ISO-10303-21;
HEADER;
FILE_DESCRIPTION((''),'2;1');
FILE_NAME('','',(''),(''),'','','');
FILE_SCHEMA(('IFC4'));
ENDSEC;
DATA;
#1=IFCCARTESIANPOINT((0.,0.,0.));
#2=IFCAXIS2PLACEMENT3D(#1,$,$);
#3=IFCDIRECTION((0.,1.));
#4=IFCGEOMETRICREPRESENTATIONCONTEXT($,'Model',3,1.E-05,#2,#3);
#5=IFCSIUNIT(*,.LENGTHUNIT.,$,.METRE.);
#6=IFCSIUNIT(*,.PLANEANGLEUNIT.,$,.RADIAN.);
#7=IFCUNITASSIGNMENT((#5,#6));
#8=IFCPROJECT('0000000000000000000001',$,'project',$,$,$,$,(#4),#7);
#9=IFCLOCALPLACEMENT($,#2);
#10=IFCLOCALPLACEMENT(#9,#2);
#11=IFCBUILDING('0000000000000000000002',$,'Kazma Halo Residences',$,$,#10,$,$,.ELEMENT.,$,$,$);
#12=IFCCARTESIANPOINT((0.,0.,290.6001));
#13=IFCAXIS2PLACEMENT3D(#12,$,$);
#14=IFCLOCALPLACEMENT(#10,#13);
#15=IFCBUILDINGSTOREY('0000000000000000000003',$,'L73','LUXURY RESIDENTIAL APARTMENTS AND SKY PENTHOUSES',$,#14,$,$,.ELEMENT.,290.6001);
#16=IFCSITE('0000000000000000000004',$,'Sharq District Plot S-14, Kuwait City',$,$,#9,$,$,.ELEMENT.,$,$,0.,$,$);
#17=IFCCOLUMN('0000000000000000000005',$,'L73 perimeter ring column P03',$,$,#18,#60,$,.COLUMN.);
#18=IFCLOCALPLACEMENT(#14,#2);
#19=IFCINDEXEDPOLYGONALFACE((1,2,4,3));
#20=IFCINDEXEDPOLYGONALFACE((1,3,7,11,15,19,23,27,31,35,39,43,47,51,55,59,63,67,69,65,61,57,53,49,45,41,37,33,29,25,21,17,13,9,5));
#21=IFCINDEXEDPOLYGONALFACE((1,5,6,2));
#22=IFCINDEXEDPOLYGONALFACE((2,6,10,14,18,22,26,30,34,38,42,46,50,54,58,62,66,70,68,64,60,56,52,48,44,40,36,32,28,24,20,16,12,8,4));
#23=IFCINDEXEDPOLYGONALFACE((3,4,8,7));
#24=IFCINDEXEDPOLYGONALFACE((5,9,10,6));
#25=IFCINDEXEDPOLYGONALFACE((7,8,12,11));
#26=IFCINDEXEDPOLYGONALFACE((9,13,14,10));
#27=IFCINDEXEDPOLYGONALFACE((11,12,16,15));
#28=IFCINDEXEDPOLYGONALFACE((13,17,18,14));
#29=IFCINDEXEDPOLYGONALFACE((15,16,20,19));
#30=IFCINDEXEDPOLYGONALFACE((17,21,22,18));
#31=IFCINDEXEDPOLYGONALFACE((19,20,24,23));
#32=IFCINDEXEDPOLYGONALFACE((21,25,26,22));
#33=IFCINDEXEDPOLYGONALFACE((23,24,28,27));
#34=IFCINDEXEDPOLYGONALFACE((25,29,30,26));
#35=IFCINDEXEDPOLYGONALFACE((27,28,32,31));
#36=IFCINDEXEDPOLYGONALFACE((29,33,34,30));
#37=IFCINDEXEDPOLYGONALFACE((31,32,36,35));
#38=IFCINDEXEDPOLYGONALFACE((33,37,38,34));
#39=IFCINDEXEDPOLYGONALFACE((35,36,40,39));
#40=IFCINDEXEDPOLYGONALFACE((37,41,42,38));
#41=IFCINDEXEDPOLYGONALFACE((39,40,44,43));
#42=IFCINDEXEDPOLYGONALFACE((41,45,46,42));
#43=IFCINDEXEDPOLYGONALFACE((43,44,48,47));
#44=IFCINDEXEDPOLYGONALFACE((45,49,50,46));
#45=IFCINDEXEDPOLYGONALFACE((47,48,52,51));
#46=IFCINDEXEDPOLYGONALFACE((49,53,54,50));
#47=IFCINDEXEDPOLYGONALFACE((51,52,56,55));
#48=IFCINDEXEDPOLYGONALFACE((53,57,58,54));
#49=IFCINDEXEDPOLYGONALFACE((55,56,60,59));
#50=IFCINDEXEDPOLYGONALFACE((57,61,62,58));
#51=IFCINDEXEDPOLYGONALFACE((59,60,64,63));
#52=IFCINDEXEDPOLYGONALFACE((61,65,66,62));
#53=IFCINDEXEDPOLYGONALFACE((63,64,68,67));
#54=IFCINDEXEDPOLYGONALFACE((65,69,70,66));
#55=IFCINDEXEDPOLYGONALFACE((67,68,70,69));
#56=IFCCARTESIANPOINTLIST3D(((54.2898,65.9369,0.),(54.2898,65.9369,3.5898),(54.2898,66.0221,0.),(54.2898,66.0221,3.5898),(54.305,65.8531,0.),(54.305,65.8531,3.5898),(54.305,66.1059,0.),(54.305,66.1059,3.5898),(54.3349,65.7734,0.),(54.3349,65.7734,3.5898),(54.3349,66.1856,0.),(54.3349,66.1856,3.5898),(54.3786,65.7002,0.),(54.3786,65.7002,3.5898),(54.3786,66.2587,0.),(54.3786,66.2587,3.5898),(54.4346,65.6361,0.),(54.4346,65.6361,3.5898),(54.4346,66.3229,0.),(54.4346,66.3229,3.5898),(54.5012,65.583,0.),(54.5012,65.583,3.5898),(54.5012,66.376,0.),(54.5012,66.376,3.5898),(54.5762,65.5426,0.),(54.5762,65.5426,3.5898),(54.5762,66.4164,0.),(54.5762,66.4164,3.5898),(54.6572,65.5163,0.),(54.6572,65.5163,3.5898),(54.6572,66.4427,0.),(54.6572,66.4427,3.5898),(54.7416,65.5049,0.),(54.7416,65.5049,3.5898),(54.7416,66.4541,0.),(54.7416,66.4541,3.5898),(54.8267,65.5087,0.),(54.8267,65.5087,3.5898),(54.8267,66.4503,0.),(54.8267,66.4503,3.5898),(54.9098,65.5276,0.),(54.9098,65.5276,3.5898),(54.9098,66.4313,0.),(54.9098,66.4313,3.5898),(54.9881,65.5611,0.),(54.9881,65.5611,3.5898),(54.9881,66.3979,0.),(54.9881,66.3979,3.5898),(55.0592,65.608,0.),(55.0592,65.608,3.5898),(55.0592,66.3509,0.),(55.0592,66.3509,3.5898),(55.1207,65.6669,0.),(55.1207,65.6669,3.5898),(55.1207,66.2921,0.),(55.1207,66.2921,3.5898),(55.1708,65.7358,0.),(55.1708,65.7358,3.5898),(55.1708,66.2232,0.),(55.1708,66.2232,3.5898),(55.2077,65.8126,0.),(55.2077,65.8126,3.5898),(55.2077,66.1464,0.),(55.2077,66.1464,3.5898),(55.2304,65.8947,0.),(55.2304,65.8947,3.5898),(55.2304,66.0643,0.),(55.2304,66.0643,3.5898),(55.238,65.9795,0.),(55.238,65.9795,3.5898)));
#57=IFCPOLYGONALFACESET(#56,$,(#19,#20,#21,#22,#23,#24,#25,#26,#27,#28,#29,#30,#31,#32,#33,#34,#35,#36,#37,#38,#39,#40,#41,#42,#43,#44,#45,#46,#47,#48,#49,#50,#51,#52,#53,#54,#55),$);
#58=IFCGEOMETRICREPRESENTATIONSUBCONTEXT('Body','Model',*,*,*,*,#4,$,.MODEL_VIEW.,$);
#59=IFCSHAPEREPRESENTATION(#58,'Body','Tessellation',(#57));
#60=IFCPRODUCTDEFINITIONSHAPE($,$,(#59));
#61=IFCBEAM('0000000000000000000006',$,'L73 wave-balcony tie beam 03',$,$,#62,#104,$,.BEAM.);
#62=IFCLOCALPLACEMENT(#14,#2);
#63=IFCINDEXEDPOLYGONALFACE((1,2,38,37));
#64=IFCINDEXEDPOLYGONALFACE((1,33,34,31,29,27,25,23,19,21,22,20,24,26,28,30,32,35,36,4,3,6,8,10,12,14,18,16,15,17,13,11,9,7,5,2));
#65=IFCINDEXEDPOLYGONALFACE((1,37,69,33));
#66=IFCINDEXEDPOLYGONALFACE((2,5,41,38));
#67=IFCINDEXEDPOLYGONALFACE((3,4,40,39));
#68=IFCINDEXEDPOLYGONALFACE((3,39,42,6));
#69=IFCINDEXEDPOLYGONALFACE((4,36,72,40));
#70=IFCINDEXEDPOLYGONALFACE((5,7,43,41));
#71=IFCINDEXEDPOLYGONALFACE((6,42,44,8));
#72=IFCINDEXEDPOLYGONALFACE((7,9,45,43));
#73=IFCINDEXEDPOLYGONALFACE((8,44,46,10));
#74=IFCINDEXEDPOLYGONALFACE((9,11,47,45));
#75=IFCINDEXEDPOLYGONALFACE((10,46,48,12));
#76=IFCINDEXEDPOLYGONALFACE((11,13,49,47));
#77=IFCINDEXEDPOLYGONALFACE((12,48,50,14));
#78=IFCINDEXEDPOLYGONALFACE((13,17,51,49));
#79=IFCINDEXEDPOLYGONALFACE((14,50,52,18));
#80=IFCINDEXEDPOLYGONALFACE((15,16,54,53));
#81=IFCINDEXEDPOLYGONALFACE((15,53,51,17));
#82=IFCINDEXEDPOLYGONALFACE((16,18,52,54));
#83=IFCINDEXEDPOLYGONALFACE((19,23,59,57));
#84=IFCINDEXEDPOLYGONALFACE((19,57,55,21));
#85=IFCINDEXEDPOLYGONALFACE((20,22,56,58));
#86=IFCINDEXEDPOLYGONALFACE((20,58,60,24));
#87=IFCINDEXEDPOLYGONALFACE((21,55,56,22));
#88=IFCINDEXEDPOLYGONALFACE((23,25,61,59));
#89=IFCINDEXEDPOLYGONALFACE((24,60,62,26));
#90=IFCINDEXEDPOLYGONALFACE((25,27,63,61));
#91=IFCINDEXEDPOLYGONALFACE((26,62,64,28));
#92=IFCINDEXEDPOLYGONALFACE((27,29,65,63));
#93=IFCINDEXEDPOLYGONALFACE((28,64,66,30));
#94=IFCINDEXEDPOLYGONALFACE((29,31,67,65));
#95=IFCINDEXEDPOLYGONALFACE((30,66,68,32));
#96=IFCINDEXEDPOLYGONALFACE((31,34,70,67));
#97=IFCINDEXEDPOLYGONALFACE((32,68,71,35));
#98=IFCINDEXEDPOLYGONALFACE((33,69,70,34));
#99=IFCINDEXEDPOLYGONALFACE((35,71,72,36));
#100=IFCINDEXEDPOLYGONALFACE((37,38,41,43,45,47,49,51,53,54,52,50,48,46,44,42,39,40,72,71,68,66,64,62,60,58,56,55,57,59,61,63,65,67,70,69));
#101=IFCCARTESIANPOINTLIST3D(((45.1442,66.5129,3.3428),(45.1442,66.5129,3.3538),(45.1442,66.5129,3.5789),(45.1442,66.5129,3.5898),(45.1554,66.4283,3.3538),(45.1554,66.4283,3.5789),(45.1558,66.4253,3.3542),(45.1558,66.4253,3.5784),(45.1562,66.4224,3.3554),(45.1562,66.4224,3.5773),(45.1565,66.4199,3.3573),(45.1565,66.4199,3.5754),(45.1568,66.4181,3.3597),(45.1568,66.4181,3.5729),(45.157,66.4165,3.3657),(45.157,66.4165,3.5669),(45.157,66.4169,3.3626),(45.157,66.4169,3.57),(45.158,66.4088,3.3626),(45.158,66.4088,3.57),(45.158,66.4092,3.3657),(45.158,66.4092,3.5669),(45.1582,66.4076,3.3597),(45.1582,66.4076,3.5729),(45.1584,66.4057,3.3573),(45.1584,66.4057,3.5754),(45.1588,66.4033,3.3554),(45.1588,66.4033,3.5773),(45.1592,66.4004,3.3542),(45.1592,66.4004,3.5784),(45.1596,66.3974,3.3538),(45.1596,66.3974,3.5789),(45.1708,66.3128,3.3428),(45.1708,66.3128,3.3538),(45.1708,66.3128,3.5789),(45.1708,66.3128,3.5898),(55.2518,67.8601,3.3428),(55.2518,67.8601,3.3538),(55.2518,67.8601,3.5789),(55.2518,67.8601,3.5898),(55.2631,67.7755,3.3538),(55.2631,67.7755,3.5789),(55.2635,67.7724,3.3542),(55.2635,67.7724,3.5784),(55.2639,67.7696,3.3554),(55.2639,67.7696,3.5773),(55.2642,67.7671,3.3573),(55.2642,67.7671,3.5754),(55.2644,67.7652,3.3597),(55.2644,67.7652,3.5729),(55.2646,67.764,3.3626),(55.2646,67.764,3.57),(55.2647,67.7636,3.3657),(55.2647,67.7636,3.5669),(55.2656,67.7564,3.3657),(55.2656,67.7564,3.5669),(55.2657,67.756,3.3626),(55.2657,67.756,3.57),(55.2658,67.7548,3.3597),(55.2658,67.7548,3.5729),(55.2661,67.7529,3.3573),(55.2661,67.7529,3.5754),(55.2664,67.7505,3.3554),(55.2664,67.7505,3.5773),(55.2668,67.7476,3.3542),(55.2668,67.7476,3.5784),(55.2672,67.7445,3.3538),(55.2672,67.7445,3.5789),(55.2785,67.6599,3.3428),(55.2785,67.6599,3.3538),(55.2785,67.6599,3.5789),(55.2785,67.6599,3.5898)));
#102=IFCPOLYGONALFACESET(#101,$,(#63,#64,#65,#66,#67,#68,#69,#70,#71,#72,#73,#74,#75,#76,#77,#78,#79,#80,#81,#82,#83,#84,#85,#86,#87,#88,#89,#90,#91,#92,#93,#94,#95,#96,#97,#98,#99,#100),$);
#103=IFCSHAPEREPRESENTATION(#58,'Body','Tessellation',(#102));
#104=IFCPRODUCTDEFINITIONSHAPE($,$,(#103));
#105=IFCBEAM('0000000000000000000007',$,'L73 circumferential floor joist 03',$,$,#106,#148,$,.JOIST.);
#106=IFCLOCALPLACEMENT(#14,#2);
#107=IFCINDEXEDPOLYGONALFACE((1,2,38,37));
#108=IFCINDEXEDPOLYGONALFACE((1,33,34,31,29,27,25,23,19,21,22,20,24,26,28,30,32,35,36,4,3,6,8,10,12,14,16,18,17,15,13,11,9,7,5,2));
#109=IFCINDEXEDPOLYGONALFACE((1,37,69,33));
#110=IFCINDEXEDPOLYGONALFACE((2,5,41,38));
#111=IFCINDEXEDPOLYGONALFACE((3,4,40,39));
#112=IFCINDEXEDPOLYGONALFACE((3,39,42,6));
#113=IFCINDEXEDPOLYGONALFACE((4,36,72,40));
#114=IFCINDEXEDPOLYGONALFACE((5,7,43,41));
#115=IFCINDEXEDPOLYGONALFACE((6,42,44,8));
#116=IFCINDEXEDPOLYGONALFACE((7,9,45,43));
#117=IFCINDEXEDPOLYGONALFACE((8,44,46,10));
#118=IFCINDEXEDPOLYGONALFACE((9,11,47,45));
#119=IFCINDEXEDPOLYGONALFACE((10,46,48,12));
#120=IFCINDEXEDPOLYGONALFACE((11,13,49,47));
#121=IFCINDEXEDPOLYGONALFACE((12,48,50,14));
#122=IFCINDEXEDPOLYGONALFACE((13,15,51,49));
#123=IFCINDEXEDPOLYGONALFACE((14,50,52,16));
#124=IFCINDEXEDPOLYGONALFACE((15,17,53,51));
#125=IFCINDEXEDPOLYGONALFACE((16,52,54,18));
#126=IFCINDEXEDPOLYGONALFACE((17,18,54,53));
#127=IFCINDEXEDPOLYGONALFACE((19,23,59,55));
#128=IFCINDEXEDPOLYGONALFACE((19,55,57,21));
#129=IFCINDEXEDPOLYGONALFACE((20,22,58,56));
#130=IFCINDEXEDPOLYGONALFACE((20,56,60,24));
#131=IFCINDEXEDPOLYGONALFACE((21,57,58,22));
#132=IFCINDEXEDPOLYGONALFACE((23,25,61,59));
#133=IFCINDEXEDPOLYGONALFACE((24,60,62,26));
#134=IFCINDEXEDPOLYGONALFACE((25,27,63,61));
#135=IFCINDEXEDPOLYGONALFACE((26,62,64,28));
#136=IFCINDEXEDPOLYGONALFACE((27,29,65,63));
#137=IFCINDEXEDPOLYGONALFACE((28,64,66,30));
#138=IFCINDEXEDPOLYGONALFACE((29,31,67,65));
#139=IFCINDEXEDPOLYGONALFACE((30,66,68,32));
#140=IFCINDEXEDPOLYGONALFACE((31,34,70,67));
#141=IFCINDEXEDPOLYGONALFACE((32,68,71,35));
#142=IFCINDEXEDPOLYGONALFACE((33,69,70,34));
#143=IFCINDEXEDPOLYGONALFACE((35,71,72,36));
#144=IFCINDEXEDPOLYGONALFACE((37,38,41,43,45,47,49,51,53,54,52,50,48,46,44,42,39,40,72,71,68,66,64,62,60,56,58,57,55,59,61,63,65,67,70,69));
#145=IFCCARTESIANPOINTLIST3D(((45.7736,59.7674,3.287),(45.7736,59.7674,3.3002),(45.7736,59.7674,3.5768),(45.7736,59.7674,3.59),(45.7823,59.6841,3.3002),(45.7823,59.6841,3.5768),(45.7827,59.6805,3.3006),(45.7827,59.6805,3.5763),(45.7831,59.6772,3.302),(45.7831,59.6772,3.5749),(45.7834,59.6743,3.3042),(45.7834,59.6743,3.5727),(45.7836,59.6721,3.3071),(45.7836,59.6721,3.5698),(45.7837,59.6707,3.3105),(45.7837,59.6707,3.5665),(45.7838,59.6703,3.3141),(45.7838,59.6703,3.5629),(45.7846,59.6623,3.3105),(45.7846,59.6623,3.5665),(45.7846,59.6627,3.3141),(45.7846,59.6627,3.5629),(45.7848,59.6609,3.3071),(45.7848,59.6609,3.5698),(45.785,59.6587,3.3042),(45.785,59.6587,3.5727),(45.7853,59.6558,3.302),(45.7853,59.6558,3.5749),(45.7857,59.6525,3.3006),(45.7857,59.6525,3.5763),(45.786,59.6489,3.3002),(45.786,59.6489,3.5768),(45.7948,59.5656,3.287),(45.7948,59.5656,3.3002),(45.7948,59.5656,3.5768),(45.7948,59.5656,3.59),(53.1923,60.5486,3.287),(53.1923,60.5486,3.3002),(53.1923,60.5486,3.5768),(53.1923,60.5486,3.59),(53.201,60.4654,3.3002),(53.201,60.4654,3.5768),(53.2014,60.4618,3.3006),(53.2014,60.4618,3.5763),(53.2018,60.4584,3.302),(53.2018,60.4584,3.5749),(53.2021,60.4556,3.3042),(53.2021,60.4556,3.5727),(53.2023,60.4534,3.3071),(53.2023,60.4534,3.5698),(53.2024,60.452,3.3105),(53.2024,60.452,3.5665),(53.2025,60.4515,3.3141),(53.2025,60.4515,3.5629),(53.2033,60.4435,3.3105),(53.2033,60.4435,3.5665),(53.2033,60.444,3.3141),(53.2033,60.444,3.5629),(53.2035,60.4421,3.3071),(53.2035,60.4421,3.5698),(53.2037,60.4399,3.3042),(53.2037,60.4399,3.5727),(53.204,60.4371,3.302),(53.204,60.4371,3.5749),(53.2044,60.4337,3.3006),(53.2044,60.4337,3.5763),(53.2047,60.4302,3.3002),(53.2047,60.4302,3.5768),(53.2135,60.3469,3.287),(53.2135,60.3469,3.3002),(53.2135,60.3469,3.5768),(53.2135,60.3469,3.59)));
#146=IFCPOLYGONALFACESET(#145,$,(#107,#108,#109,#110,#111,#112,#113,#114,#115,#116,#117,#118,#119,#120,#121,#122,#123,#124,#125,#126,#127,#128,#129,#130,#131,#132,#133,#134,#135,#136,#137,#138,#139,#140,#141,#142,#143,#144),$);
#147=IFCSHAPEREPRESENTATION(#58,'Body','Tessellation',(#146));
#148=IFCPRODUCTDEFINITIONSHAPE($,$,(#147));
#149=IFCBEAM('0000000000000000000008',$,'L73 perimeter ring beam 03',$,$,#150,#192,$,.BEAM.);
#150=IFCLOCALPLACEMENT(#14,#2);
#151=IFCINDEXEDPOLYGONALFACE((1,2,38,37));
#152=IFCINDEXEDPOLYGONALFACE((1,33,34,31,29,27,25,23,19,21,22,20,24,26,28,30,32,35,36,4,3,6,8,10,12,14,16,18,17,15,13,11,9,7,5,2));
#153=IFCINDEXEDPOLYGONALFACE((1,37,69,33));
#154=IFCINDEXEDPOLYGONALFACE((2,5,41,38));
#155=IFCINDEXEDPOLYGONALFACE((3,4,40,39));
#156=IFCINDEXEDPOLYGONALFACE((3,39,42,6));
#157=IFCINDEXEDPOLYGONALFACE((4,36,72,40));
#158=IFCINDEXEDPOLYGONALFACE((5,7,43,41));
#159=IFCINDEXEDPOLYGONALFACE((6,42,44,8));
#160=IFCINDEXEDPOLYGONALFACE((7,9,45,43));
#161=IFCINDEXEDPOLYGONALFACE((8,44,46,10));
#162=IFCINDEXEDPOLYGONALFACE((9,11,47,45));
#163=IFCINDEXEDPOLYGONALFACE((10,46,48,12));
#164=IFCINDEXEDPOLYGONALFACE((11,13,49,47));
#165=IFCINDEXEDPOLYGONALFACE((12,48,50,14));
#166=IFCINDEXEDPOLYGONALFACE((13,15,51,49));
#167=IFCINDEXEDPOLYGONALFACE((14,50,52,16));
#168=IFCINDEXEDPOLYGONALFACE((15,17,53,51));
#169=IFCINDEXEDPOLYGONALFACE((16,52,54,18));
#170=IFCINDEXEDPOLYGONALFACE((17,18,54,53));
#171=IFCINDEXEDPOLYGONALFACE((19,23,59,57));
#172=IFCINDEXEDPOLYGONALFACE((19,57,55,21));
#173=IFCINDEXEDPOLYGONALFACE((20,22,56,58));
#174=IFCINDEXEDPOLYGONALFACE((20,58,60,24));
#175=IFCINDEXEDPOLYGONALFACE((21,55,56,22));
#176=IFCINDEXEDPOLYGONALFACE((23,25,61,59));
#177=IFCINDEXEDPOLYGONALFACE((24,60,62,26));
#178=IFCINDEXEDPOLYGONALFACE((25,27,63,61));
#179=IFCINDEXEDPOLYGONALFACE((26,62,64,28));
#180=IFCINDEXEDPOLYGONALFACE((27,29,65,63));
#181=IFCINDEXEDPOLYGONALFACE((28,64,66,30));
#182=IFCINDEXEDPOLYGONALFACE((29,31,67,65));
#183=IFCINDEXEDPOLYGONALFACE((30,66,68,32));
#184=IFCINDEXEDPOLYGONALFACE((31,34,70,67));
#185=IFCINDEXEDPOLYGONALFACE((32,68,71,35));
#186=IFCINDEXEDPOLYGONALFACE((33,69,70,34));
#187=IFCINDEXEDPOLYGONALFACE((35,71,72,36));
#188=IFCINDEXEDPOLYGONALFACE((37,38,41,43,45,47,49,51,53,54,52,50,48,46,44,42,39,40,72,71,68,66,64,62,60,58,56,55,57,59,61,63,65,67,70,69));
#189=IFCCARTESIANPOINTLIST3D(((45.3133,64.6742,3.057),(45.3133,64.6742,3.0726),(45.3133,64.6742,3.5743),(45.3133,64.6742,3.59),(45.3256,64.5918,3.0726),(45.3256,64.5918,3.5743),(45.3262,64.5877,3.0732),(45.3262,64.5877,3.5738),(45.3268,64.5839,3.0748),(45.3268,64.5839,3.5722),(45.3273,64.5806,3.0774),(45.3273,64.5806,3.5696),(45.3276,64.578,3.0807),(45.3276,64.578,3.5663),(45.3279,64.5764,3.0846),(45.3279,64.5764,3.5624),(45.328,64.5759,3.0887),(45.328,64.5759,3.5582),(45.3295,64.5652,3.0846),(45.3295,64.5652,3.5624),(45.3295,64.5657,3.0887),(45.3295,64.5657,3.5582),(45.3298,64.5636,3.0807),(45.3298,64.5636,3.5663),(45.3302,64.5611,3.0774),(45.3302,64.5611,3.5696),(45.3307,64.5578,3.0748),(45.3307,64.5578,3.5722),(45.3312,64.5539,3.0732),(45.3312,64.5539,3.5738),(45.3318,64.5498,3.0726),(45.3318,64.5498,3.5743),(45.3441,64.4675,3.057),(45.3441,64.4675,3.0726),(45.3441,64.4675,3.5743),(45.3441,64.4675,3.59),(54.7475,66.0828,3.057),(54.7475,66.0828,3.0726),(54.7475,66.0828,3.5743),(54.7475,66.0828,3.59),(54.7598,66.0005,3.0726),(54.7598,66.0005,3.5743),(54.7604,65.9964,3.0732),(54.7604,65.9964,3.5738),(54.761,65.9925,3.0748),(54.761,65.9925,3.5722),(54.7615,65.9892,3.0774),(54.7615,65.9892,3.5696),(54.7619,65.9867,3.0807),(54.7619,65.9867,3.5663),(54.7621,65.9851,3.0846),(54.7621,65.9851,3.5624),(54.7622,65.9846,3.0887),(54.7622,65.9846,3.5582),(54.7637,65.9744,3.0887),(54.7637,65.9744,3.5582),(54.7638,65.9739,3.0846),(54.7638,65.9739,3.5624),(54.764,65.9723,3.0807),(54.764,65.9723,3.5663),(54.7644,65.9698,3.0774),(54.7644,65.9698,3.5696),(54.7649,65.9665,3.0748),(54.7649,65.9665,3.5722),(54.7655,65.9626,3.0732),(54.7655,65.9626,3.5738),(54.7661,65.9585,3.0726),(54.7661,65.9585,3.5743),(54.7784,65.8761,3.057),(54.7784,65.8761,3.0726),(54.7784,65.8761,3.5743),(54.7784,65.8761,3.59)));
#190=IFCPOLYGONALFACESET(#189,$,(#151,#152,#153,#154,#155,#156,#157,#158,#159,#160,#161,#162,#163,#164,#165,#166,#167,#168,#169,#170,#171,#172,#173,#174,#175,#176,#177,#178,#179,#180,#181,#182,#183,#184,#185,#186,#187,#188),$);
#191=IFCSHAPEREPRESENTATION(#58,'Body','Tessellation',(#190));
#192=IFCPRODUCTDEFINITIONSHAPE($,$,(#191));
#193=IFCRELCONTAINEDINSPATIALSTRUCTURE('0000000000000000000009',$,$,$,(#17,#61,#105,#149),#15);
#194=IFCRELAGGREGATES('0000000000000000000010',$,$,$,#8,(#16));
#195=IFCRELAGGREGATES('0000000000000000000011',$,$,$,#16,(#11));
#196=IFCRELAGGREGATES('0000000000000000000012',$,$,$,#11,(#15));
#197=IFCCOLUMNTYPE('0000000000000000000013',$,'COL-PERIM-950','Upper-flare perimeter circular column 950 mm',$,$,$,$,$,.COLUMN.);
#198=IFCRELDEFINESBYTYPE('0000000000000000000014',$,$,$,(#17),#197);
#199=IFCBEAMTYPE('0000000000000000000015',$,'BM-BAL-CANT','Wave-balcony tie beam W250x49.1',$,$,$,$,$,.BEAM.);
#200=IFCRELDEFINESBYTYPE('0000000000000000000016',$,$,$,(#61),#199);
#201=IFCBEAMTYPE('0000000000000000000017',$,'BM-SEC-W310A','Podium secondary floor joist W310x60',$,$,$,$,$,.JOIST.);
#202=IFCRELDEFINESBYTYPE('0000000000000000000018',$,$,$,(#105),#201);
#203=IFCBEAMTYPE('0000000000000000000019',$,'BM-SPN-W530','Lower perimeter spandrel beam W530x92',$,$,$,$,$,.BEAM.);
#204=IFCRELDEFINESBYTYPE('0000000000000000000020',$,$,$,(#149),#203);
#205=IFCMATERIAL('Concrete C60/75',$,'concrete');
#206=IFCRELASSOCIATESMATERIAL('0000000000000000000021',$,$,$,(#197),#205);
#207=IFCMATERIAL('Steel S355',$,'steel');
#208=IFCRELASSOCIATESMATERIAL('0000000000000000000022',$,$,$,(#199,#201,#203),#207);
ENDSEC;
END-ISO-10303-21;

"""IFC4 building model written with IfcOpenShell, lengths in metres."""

from ifc_helpers import new_model, si_unit, direction, frame, origin, origin_2d, place, context, subcontext, project, spatial, circle, i_section, extrude, material, material_profile, profile_set, type_object, element, save


model = new_model("IFC4")

# Units and contexts
model_context = context("Model", 3, precision=1e-05, world=origin(), true_north=direction((0.0, 1.0)))
body_context = subcontext(model_context, "Body", "Model", "MODEL_VIEW")
ifc_project = project(units=[si_unit("LENGTHUNIT", "METRE"), si_unit("PLANEANGLEUNIT", "RADIAN")], contexts=[model_context])

# Site, building, storey
site_placement = place(None, origin())
site = spatial("IfcSite", under=ifc_project, at=site_placement, Name="Sharq District Plot S-14, Kuwait City", CompositionType="ELEMENT", RefElevation=0.0)
building_placement = place(site_placement, origin())
building = spatial("IfcBuilding", under=site, at=building_placement, Name="Kazma Halo Residences", CompositionType="ELEMENT")
storey_placement = place(building_placement, frame((0.0, 0.0, 290.6001)))
storey = spatial("IfcBuildingStorey", under=building, at=storey_placement, Name="L73", Description="LUXURY RESIDENTIAL APARTMENTS AND SKY PENTHOUSES", CompositionType="ELEMENT", Elevation=290.6001)

# Column
ifc_material_1 = material(Name="Concrete C60/75", Category="concrete")
ifc_material_profile_1 = material_profile(ifc_material_1, circle(Radius=0.4751, at=origin_2d()), Name="CIRC950")
ifc_profile_set_1 = profile_set([ifc_material_profile_1], Name="Concrete C60/75")
column_type = type_object("IfcColumnType", Name="COL-PERIM-950", Description="Upper-flare perimeter circular column 950 mm", PredefinedType="COLUMN", material=ifc_profile_set_1)
column_placement = place(storey_placement, frame((54.7629, 65.9795, 0.0), z_axis=(0.0, 0.0, 1.0), x_axis=(1.0, 0.0, 0.0)))
element("IfcColumn", 1, at=column_placement, inside=storey, type_object=column_type, Name="L73 perimeter ring column P03", PredefinedType="COLUMN", context=body_context, shape_type="SweptSolid", body=[
    extrude(circle(Radius=0.4751, at=origin_2d()), origin(), (0.0, 0.0, 1.0), 3.5898),
])

# Beams
ifc_material_2 = material(Name="Steel S355", Category="steel")
ifc_material_profile_2 = material_profile(ifc_material_2, i_section(OverallWidth=0.2019, OverallDepth=0.2471, WebThickness=0.0073, FlangeThickness=0.011, FilletRadius=0.012, at=origin_2d()), Name="W250x49.1")
ifc_profile_set_2 = profile_set([ifc_material_profile_2], Name="Steel S355")
beam_type_1 = type_object("IfcBeamType", Name="BM-BAL-CANT", Description="Wave-balcony tie beam W250x49.1", PredefinedType="BEAM", material=ifc_profile_set_2)
beam_1_placement = place(storey_placement, frame((55.2651, 67.76, 3.4663), z_axis=(-0.991235, -0.132114, 0.0), x_axis=(0.132114, -0.991235, 0.0)))
element("IfcBeam", 2, at=beam_1_placement, inside=storey, type_object=beam_type_1, Name="L73 wave-balcony tie beam 03", PredefinedType="BEAM", context=body_context, shape_type="SweptSolid", body=[
    extrude(i_section(OverallWidth=0.2019, OverallDepth=0.2471, WebThickness=0.0073, FlangeThickness=0.011, FilletRadius=0.012, at=origin_2d()), origin(), (0.0, 0.0, 1.0), 10.197),
])
ifc_material_profile_3 = material_profile(ifc_material_2, i_section(OverallWidth=0.2029, OverallDepth=0.303, WebThickness=0.0076, FlangeThickness=0.0132, FilletRadius=0.0139, at=origin_2d()), Name="W310x60")
ifc_profile_set_3 = profile_set([ifc_material_profile_3], Name="Steel S355")
beam_type_2 = type_object("IfcBeamType", Name="BM-SEC-W310A", Description="Podium secondary floor joist W310x60", PredefinedType="JOIST", material=ifc_profile_set_3)
beam_2_placement = place(storey_placement, frame((53.2029, 60.4478, 3.4385), z_axis=(-0.994501, -0.104729, 0.0), x_axis=(0.104729, -0.994501, 0.0)))
element("IfcBeam", 3, at=beam_2_placement, inside=storey, type_object=beam_type_2, Name="L73 circumferential floor joist 03", PredefinedType="JOIST", context=body_context, shape_type="SweptSolid", body=[
    extrude(i_section(OverallWidth=0.2029, OverallDepth=0.303, WebThickness=0.0076, FlangeThickness=0.0132, FilletRadius=0.0139, at=origin_2d()), origin(), (0.0, 0.0, 1.0), 7.4597),
])
ifc_material_profile_4 = material_profile(ifc_material_2, i_section(OverallWidth=0.209, OverallDepth=0.533, WebThickness=0.0103, FlangeThickness=0.0156, FilletRadius=0.0161, at=origin_2d()), Name="W530x92")
ifc_profile_set_4 = profile_set([ifc_material_profile_4], Name="Steel S355")
beam_type_3 = type_object("IfcBeamType", Name="BM-SPN-W530", Description="Lower perimeter spandrel beam W530x92", PredefinedType="BEAM", material=ifc_profile_set_4)
beam_3_placement = place(storey_placement, frame((54.7629, 65.9795, 3.3235), z_axis=(-0.989035, -0.147678, 0.0), x_axis=(0.147678, -0.989035, 0.0)))
element("IfcBeam", 4, at=beam_3_placement, inside=storey, type_object=beam_type_3, Name="L73 perimeter ring beam 03", PredefinedType="BEAM", context=body_context, shape_type="SweptSolid", body=[
    extrude(i_section(OverallWidth=0.209, OverallDepth=0.533, WebThickness=0.0103, FlangeThickness=0.0156, FilletRadius=0.0161, at=origin_2d()), origin(), (0.0, 0.0, 1.0), 9.5388),
])

save(model, "model.ifc")
